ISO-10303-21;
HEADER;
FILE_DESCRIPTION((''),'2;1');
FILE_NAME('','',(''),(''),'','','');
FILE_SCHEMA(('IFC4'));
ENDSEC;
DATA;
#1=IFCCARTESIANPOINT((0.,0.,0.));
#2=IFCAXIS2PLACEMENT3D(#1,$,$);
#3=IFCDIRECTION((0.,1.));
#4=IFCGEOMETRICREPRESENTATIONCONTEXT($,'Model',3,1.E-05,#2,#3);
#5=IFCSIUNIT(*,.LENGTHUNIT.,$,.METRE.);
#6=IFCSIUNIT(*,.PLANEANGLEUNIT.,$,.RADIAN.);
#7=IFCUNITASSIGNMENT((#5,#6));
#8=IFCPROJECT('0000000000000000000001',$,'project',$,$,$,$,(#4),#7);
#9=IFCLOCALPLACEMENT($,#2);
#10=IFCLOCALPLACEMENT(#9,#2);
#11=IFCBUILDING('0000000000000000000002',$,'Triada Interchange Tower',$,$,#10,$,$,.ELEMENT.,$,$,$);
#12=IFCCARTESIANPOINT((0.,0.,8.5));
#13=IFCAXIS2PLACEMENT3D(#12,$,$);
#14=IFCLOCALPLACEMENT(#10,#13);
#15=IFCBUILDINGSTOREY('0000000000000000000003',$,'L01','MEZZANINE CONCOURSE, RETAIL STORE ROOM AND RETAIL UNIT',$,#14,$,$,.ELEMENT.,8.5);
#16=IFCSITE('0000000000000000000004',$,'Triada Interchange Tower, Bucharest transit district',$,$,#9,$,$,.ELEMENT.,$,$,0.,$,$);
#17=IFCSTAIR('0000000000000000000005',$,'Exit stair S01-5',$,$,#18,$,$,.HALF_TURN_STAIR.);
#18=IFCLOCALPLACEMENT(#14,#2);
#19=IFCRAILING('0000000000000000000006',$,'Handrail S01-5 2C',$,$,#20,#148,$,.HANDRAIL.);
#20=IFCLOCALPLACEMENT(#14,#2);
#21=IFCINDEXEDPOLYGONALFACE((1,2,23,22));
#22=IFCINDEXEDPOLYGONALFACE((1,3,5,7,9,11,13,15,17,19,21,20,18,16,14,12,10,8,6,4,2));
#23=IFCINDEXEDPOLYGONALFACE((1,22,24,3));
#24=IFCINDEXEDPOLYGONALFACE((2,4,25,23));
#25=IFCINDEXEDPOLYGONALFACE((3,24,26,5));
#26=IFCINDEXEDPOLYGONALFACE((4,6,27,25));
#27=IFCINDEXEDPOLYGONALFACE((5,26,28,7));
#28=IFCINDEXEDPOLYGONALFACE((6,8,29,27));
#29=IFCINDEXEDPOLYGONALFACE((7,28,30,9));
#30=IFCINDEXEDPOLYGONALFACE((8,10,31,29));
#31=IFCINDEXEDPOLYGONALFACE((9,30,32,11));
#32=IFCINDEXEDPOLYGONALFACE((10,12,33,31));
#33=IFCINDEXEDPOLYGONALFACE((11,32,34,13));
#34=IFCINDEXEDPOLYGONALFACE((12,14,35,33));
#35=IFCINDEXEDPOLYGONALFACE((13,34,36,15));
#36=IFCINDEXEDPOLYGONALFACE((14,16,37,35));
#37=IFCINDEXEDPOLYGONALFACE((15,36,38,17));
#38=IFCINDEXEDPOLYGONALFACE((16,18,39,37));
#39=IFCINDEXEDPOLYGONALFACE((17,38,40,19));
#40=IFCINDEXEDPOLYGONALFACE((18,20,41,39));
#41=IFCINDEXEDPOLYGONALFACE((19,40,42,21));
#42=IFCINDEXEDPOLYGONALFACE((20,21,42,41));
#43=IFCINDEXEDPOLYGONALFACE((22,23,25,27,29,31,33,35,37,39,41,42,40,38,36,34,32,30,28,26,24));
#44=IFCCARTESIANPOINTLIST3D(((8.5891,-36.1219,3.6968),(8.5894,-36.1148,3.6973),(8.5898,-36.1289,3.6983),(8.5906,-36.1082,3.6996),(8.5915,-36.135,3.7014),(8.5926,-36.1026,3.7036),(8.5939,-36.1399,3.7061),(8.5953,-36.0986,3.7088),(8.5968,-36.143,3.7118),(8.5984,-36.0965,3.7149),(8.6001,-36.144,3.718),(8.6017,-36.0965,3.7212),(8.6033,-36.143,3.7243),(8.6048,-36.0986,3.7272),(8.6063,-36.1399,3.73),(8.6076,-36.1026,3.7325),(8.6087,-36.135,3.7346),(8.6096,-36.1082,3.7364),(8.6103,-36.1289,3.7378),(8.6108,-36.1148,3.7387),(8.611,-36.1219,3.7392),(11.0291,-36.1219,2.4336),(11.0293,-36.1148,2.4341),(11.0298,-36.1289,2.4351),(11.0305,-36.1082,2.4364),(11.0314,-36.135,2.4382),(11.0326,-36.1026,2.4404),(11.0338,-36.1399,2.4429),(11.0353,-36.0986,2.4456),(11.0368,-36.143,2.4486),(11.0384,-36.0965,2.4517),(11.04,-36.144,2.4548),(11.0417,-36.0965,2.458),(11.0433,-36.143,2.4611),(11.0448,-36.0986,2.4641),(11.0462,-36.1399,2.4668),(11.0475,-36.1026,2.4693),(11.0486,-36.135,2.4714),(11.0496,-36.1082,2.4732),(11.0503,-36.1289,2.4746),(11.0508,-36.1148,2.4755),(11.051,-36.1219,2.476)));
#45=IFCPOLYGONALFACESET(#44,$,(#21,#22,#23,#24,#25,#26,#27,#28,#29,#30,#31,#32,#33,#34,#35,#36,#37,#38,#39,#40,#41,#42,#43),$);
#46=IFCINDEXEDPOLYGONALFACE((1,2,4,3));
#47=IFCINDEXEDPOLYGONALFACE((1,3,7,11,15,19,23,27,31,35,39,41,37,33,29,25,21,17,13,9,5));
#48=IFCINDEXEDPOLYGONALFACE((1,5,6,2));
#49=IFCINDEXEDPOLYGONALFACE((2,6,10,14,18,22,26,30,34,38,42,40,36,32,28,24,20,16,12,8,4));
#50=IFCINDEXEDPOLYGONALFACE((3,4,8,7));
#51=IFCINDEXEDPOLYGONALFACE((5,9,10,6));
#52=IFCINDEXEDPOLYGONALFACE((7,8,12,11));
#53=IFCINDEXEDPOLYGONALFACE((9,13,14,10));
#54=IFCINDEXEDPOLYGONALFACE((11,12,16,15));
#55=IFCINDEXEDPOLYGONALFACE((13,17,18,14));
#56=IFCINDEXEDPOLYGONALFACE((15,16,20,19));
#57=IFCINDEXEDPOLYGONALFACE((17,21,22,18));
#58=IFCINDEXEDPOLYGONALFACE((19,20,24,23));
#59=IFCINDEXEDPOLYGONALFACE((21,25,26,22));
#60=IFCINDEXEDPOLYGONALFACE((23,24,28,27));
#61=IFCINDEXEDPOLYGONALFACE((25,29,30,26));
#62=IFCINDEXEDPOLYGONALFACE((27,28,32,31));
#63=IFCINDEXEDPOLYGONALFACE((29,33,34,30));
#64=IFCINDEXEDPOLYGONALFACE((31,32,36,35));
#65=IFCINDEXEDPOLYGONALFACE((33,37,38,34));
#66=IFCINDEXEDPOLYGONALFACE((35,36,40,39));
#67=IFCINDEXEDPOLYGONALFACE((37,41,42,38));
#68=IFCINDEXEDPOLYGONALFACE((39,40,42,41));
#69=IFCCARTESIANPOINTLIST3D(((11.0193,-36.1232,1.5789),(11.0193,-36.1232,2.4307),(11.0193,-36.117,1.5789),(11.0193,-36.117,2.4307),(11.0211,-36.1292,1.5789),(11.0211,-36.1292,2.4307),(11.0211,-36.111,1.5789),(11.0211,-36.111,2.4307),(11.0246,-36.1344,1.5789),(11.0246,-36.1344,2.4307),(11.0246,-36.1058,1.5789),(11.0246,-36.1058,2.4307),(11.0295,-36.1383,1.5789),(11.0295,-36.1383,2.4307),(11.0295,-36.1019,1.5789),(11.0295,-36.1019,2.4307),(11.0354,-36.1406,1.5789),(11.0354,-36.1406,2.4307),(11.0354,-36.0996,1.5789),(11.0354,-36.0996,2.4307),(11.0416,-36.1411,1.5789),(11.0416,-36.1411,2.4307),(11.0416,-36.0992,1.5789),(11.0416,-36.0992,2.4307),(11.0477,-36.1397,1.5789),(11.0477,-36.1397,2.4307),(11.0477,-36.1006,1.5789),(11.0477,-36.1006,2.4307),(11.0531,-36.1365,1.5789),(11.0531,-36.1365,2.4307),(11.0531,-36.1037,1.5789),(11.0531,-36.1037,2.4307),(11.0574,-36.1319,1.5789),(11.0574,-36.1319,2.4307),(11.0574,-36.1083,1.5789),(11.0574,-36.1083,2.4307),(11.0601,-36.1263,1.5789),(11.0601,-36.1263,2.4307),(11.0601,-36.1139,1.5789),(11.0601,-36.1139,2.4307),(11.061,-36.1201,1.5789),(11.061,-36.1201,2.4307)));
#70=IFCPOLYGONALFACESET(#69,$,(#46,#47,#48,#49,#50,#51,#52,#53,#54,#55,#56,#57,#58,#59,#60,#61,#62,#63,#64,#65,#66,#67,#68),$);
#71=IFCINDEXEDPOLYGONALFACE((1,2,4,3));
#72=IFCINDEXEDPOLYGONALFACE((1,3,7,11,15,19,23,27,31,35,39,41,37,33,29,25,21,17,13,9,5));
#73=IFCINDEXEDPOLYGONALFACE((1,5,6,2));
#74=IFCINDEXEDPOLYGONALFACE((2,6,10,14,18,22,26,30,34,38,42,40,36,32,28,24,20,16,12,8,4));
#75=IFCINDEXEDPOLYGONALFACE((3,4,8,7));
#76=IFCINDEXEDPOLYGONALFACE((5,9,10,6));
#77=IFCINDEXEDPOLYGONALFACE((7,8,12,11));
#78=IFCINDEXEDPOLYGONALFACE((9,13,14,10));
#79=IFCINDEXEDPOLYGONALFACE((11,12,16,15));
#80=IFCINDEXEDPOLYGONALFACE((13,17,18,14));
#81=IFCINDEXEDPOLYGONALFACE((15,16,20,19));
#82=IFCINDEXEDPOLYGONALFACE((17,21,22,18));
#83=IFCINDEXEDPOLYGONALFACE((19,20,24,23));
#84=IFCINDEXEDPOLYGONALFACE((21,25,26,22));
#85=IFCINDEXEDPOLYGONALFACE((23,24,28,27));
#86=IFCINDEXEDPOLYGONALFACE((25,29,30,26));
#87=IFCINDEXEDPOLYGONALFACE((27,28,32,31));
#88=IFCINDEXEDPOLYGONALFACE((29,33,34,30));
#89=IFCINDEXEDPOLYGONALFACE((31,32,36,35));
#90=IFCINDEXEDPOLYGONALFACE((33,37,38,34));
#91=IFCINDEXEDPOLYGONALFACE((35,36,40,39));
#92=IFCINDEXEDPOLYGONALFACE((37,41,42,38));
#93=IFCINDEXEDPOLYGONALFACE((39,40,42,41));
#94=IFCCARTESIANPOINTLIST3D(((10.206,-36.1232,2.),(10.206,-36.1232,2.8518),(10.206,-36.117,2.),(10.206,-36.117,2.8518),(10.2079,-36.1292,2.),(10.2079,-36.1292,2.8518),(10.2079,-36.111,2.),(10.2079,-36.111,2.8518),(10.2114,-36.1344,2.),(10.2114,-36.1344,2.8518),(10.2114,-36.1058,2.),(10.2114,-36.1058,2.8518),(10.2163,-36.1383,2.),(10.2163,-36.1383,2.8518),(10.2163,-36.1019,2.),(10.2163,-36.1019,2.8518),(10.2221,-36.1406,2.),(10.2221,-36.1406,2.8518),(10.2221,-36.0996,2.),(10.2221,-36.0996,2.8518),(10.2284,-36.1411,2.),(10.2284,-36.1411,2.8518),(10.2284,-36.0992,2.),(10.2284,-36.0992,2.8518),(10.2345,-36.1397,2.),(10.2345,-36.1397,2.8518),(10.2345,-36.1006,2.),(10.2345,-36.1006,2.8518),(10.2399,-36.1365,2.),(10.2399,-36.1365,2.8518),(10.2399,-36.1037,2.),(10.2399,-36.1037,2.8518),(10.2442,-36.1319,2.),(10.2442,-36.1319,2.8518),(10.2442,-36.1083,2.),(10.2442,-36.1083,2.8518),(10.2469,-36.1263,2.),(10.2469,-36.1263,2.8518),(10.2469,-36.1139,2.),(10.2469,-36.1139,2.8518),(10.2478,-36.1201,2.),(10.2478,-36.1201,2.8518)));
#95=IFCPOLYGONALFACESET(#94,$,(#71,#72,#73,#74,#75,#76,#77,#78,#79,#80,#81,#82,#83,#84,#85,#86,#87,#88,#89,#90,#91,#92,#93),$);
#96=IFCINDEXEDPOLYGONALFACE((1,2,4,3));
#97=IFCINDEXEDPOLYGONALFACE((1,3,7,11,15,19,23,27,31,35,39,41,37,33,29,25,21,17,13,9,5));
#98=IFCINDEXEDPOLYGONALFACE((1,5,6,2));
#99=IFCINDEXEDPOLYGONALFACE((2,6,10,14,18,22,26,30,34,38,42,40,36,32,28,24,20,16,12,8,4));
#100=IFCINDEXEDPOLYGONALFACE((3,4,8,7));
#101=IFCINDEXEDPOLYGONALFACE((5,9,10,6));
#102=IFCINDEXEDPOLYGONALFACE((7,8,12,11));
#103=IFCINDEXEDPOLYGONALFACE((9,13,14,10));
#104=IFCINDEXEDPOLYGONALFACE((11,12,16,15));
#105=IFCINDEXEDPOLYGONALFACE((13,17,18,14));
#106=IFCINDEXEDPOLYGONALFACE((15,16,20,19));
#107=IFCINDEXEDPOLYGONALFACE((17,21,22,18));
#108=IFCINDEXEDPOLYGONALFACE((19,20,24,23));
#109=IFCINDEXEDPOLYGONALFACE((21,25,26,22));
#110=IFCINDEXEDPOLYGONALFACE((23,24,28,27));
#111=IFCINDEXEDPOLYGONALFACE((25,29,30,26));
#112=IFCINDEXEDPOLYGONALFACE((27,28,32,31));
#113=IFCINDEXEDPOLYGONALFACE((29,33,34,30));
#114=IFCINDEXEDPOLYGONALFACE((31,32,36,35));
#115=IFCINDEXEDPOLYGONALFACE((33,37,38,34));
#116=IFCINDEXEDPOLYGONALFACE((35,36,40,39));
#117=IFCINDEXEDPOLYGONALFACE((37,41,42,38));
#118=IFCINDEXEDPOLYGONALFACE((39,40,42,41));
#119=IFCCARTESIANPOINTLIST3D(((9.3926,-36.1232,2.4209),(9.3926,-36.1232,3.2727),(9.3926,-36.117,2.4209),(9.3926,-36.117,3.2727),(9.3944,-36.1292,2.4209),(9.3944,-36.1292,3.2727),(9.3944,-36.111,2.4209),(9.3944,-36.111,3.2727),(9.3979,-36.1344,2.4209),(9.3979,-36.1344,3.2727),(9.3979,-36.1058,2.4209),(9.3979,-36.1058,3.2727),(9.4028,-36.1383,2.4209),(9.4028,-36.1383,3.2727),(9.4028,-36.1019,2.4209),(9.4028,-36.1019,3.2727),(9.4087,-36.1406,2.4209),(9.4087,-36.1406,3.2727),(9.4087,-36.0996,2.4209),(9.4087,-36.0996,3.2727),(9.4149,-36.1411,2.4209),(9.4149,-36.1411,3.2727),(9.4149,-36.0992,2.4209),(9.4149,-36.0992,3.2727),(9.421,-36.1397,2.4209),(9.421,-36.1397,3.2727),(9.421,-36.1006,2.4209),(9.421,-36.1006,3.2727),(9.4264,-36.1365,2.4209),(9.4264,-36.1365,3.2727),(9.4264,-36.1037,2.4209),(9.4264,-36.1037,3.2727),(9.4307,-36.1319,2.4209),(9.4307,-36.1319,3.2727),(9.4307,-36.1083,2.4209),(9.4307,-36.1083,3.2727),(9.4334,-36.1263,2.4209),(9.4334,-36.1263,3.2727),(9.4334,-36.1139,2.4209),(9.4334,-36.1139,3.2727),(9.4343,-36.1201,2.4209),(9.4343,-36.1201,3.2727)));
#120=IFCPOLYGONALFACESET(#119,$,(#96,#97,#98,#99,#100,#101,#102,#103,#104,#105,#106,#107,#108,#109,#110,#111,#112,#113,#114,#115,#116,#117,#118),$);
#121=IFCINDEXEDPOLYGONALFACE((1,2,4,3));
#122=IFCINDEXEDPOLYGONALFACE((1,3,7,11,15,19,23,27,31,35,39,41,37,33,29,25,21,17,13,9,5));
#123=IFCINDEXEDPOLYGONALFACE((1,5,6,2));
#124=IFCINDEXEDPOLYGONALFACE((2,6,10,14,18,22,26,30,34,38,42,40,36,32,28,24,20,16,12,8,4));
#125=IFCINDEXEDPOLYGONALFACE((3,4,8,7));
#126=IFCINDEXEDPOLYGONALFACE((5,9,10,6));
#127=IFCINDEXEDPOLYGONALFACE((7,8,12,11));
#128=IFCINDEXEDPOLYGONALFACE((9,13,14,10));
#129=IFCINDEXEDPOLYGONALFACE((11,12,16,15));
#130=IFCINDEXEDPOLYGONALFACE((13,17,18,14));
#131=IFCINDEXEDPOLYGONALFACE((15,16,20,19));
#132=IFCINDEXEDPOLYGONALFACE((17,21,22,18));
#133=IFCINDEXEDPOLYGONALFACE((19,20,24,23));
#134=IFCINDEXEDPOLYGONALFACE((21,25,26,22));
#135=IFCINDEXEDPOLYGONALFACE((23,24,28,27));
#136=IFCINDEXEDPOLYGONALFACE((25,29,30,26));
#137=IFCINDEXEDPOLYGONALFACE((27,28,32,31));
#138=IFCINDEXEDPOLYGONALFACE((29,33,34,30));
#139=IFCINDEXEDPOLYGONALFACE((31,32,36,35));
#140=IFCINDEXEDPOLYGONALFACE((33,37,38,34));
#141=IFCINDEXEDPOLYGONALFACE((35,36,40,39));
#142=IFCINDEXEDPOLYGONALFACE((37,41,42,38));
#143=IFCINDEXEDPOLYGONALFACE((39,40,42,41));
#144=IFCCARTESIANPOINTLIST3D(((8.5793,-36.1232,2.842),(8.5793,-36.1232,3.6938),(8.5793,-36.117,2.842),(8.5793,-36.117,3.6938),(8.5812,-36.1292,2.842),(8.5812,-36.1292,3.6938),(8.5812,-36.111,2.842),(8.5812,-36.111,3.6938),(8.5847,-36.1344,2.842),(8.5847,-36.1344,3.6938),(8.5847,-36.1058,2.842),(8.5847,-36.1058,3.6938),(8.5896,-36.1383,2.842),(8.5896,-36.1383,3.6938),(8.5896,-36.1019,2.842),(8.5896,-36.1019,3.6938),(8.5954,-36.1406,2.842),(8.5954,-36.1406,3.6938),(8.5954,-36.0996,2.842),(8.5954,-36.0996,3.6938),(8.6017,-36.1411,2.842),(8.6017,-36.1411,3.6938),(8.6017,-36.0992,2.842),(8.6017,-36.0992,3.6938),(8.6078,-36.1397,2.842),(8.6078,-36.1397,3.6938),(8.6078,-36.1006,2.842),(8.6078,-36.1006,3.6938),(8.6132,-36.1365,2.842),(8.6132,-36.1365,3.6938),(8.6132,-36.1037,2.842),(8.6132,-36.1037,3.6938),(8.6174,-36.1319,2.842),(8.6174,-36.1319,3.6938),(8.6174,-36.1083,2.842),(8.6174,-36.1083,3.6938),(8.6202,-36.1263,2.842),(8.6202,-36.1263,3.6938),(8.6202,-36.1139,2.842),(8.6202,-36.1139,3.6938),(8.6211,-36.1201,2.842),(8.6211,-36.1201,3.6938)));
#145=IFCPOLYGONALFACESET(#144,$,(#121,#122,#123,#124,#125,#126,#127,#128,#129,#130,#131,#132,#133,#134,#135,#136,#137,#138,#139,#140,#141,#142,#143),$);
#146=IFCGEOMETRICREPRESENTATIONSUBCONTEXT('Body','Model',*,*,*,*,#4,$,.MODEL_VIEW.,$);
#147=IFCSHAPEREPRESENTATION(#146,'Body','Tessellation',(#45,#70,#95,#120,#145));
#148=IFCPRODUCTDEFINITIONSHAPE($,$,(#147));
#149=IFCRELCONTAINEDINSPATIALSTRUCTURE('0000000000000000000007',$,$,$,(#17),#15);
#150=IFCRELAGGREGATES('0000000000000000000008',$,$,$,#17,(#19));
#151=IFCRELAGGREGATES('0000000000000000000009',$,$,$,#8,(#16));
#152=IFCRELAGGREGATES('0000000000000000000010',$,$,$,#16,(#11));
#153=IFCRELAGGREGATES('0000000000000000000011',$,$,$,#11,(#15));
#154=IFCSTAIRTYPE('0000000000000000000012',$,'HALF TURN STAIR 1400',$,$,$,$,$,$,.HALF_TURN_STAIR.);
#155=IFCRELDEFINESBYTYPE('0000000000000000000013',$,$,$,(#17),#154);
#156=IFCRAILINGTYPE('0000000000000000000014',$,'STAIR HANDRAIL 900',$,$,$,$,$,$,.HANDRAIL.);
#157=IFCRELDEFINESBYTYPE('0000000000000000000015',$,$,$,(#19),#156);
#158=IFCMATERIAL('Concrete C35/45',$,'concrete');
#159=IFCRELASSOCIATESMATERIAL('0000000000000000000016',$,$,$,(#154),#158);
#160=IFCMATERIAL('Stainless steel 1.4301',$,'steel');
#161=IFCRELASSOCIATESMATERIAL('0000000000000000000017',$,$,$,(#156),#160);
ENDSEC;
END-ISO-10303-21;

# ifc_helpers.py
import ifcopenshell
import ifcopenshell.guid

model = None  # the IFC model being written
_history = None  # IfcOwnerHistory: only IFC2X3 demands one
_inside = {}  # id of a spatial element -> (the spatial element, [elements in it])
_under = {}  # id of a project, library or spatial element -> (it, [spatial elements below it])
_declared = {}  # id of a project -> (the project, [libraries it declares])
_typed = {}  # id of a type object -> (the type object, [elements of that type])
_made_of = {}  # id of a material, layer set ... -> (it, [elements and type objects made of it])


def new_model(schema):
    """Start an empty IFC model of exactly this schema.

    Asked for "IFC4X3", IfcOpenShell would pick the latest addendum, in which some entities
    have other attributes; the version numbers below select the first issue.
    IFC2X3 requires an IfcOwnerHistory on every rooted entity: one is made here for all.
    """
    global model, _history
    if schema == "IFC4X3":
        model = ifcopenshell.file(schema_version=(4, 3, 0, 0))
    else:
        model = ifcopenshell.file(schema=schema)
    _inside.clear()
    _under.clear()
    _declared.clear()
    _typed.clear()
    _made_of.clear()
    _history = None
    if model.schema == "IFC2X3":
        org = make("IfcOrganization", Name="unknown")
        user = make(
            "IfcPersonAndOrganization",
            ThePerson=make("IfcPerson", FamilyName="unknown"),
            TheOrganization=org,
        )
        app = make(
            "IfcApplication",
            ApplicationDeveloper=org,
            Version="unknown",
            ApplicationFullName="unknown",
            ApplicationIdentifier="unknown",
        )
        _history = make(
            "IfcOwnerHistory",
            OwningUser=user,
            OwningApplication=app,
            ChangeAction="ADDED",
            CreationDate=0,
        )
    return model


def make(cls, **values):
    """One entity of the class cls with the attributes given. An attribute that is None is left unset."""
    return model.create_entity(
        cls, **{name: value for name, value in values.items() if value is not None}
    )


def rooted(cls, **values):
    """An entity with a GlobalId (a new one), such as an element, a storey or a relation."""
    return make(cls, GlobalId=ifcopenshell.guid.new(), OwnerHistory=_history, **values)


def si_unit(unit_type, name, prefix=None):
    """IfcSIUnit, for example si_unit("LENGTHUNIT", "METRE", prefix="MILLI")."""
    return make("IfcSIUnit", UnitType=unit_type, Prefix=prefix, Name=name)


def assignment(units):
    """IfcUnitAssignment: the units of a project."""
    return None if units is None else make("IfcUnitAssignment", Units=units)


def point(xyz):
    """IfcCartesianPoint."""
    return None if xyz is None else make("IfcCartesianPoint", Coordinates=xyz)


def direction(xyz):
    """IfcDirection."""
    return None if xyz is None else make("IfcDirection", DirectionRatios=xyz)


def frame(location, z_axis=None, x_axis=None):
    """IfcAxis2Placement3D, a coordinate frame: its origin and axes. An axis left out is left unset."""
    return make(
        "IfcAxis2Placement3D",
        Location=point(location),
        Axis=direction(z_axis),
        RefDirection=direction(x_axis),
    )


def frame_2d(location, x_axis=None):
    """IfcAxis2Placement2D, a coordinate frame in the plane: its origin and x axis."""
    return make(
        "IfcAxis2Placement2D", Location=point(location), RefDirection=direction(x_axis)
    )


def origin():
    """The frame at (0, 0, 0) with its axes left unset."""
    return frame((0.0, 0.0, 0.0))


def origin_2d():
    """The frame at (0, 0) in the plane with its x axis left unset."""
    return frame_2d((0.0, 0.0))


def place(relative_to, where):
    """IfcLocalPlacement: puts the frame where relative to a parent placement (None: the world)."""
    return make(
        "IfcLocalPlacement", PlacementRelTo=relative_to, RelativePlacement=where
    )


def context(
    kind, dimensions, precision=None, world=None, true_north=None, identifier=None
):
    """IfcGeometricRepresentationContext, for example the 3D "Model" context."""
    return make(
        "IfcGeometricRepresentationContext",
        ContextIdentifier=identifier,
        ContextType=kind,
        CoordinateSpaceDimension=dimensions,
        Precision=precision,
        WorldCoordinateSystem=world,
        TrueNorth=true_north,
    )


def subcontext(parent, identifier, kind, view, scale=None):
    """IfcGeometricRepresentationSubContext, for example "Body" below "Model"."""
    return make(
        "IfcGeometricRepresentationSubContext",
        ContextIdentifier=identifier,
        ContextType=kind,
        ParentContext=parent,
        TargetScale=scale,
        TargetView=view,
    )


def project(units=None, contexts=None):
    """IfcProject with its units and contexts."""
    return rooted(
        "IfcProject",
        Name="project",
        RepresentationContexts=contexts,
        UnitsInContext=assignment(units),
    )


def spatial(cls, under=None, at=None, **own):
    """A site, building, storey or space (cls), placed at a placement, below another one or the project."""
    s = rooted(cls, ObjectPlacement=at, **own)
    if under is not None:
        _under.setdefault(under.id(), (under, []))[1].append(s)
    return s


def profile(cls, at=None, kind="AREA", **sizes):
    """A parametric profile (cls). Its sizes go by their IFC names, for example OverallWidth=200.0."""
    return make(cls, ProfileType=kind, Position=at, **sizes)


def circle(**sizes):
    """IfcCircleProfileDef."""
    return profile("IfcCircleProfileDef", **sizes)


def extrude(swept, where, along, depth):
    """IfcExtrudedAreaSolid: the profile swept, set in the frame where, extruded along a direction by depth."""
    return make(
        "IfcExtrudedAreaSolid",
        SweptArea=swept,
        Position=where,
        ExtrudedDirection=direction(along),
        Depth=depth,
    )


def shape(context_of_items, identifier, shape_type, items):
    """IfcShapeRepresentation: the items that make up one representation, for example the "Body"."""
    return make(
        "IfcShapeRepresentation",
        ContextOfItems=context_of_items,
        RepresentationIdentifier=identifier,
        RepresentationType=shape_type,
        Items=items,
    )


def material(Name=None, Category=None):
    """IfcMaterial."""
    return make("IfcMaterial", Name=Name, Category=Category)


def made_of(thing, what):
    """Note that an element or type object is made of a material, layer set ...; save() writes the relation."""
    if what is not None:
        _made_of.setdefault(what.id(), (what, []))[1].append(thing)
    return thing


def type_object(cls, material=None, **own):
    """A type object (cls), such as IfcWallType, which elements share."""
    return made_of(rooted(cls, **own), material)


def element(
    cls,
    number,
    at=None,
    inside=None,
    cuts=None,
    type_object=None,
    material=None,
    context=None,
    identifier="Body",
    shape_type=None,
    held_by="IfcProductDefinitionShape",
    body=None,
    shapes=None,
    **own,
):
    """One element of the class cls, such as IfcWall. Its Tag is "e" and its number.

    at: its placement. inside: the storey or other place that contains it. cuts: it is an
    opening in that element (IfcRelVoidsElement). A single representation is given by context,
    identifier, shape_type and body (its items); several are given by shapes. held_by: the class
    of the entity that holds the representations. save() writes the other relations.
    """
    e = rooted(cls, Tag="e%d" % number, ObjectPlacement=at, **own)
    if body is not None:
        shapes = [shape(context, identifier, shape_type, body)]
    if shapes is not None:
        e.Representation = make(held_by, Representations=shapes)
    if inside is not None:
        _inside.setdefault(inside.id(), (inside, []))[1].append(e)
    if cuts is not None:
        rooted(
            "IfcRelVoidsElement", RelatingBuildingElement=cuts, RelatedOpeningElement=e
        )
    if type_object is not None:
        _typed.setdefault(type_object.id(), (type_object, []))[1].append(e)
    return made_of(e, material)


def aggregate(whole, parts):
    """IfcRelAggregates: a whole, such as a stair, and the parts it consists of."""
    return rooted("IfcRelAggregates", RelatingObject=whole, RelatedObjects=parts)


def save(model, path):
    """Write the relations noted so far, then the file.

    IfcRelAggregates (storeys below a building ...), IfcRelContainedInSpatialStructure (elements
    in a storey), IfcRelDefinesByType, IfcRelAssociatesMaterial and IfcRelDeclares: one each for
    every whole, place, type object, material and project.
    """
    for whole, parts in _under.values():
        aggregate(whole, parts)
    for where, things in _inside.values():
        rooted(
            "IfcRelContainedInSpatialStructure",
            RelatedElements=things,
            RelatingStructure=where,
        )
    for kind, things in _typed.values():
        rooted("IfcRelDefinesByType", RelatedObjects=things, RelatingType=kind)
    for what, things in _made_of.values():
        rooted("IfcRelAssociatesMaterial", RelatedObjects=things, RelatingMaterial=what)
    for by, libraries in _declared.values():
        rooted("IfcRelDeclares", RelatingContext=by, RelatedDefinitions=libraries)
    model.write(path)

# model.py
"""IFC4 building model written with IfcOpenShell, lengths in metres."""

from ifc_helpers import new_model, si_unit, direction, frame, origin, origin_2d, place, context, subcontext, project, spatial, circle, extrude, material, type_object, element, aggregate, save


model = new_model("IFC4")

# Units and contexts
model_context = context("Model", 3, precision=1e-05, world=origin(), true_north=direction((0.0, 1.0)))
body_context = subcontext(model_context, "Body", "Model", "MODEL_VIEW")
ifc_project = project(units=[si_unit("LENGTHUNIT", "METRE"), si_unit("PLANEANGLEUNIT", "RADIAN")], contexts=[model_context])

# Site, building, storey
site_placement = place(None, origin())
site = spatial("IfcSite", under=ifc_project, at=site_placement, Name="Triada Interchange Tower, Bucharest transit district", CompositionType="ELEMENT", RefElevation=0.0)
building_placement = place(site_placement, origin())
building = spatial("IfcBuilding", under=site, at=building_placement, Name="Triada Interchange Tower", CompositionType="ELEMENT")
storey_placement = place(building_placement, frame((0.0, 0.0, 8.5)))
storey = spatial("IfcBuildingStorey", under=building, at=storey_placement, Name="L01", Description="MEZZANINE CONCOURSE, RETAIL STORE ROOM AND RETAIL UNIT", CompositionType="ELEMENT", Elevation=8.5)

# Stair, railing
ifc_material_1 = material(Name="Concrete C35/45", Category="concrete")
stair_type = type_object("IfcStairType", Name="HALF TURN STAIR 1400", PredefinedType="HALF_TURN_STAIR", material=ifc_material_1)
stair_placement = place(storey_placement, origin())
stair = element("IfcStair", 1, at=stair_placement, inside=storey, type_object=stair_type, Name="Exit stair S01-5", PredefinedType="HALF_TURN_STAIR")
ifc_material_2 = material(Name="Stainless steel 1.4301", Category="steel")
railing_type = type_object("IfcRailingType", Name="STAIR HANDRAIL 900", PredefinedType="HANDRAIL", material=ifc_material_2)
railing_1_placement = place(storey_placement, frame((11.04, -36.1201, 1.5789)))
railing_1 = element("IfcRailing", 2, at=railing_1_placement, type_object=railing_type, Name="Handrail S01-5 2C", PredefinedType="HANDRAIL", context=body_context, shape_type="SweptSolid", body=[
    extrude(circle(Radius=0.0239, at=origin_2d()), frame((0.0, 0.0, 0.876), z_axis=(-0.888048, 0.0, 0.459752), x_axis=(0.0, -1.0, 0.0)), (0.0, 0.0, 1.0), 2.7476),
    extrude(circle(Radius=0.021, at=origin_2d()), origin(), (0.0, 0.0, 1.0), 0.8518),
    extrude(circle(Radius=0.021, at=origin_2d()), frame((-0.8132, 0.0, 0.4211)), (0.0, 0.0, 1.0), 0.8518),
    extrude(circle(Radius=0.021, at=origin_2d()), frame((-1.6267, 0.0, 0.842)), (0.0, 0.0, 1.0), 0.8518),
    extrude(circle(Radius=0.021, at=origin_2d()), frame((-2.4399, 0.0, 1.2632)), (0.0, 0.0, 1.0), 0.8518),
])
aggregate(stair, [railing_1])

save(model, "model.ifc")
